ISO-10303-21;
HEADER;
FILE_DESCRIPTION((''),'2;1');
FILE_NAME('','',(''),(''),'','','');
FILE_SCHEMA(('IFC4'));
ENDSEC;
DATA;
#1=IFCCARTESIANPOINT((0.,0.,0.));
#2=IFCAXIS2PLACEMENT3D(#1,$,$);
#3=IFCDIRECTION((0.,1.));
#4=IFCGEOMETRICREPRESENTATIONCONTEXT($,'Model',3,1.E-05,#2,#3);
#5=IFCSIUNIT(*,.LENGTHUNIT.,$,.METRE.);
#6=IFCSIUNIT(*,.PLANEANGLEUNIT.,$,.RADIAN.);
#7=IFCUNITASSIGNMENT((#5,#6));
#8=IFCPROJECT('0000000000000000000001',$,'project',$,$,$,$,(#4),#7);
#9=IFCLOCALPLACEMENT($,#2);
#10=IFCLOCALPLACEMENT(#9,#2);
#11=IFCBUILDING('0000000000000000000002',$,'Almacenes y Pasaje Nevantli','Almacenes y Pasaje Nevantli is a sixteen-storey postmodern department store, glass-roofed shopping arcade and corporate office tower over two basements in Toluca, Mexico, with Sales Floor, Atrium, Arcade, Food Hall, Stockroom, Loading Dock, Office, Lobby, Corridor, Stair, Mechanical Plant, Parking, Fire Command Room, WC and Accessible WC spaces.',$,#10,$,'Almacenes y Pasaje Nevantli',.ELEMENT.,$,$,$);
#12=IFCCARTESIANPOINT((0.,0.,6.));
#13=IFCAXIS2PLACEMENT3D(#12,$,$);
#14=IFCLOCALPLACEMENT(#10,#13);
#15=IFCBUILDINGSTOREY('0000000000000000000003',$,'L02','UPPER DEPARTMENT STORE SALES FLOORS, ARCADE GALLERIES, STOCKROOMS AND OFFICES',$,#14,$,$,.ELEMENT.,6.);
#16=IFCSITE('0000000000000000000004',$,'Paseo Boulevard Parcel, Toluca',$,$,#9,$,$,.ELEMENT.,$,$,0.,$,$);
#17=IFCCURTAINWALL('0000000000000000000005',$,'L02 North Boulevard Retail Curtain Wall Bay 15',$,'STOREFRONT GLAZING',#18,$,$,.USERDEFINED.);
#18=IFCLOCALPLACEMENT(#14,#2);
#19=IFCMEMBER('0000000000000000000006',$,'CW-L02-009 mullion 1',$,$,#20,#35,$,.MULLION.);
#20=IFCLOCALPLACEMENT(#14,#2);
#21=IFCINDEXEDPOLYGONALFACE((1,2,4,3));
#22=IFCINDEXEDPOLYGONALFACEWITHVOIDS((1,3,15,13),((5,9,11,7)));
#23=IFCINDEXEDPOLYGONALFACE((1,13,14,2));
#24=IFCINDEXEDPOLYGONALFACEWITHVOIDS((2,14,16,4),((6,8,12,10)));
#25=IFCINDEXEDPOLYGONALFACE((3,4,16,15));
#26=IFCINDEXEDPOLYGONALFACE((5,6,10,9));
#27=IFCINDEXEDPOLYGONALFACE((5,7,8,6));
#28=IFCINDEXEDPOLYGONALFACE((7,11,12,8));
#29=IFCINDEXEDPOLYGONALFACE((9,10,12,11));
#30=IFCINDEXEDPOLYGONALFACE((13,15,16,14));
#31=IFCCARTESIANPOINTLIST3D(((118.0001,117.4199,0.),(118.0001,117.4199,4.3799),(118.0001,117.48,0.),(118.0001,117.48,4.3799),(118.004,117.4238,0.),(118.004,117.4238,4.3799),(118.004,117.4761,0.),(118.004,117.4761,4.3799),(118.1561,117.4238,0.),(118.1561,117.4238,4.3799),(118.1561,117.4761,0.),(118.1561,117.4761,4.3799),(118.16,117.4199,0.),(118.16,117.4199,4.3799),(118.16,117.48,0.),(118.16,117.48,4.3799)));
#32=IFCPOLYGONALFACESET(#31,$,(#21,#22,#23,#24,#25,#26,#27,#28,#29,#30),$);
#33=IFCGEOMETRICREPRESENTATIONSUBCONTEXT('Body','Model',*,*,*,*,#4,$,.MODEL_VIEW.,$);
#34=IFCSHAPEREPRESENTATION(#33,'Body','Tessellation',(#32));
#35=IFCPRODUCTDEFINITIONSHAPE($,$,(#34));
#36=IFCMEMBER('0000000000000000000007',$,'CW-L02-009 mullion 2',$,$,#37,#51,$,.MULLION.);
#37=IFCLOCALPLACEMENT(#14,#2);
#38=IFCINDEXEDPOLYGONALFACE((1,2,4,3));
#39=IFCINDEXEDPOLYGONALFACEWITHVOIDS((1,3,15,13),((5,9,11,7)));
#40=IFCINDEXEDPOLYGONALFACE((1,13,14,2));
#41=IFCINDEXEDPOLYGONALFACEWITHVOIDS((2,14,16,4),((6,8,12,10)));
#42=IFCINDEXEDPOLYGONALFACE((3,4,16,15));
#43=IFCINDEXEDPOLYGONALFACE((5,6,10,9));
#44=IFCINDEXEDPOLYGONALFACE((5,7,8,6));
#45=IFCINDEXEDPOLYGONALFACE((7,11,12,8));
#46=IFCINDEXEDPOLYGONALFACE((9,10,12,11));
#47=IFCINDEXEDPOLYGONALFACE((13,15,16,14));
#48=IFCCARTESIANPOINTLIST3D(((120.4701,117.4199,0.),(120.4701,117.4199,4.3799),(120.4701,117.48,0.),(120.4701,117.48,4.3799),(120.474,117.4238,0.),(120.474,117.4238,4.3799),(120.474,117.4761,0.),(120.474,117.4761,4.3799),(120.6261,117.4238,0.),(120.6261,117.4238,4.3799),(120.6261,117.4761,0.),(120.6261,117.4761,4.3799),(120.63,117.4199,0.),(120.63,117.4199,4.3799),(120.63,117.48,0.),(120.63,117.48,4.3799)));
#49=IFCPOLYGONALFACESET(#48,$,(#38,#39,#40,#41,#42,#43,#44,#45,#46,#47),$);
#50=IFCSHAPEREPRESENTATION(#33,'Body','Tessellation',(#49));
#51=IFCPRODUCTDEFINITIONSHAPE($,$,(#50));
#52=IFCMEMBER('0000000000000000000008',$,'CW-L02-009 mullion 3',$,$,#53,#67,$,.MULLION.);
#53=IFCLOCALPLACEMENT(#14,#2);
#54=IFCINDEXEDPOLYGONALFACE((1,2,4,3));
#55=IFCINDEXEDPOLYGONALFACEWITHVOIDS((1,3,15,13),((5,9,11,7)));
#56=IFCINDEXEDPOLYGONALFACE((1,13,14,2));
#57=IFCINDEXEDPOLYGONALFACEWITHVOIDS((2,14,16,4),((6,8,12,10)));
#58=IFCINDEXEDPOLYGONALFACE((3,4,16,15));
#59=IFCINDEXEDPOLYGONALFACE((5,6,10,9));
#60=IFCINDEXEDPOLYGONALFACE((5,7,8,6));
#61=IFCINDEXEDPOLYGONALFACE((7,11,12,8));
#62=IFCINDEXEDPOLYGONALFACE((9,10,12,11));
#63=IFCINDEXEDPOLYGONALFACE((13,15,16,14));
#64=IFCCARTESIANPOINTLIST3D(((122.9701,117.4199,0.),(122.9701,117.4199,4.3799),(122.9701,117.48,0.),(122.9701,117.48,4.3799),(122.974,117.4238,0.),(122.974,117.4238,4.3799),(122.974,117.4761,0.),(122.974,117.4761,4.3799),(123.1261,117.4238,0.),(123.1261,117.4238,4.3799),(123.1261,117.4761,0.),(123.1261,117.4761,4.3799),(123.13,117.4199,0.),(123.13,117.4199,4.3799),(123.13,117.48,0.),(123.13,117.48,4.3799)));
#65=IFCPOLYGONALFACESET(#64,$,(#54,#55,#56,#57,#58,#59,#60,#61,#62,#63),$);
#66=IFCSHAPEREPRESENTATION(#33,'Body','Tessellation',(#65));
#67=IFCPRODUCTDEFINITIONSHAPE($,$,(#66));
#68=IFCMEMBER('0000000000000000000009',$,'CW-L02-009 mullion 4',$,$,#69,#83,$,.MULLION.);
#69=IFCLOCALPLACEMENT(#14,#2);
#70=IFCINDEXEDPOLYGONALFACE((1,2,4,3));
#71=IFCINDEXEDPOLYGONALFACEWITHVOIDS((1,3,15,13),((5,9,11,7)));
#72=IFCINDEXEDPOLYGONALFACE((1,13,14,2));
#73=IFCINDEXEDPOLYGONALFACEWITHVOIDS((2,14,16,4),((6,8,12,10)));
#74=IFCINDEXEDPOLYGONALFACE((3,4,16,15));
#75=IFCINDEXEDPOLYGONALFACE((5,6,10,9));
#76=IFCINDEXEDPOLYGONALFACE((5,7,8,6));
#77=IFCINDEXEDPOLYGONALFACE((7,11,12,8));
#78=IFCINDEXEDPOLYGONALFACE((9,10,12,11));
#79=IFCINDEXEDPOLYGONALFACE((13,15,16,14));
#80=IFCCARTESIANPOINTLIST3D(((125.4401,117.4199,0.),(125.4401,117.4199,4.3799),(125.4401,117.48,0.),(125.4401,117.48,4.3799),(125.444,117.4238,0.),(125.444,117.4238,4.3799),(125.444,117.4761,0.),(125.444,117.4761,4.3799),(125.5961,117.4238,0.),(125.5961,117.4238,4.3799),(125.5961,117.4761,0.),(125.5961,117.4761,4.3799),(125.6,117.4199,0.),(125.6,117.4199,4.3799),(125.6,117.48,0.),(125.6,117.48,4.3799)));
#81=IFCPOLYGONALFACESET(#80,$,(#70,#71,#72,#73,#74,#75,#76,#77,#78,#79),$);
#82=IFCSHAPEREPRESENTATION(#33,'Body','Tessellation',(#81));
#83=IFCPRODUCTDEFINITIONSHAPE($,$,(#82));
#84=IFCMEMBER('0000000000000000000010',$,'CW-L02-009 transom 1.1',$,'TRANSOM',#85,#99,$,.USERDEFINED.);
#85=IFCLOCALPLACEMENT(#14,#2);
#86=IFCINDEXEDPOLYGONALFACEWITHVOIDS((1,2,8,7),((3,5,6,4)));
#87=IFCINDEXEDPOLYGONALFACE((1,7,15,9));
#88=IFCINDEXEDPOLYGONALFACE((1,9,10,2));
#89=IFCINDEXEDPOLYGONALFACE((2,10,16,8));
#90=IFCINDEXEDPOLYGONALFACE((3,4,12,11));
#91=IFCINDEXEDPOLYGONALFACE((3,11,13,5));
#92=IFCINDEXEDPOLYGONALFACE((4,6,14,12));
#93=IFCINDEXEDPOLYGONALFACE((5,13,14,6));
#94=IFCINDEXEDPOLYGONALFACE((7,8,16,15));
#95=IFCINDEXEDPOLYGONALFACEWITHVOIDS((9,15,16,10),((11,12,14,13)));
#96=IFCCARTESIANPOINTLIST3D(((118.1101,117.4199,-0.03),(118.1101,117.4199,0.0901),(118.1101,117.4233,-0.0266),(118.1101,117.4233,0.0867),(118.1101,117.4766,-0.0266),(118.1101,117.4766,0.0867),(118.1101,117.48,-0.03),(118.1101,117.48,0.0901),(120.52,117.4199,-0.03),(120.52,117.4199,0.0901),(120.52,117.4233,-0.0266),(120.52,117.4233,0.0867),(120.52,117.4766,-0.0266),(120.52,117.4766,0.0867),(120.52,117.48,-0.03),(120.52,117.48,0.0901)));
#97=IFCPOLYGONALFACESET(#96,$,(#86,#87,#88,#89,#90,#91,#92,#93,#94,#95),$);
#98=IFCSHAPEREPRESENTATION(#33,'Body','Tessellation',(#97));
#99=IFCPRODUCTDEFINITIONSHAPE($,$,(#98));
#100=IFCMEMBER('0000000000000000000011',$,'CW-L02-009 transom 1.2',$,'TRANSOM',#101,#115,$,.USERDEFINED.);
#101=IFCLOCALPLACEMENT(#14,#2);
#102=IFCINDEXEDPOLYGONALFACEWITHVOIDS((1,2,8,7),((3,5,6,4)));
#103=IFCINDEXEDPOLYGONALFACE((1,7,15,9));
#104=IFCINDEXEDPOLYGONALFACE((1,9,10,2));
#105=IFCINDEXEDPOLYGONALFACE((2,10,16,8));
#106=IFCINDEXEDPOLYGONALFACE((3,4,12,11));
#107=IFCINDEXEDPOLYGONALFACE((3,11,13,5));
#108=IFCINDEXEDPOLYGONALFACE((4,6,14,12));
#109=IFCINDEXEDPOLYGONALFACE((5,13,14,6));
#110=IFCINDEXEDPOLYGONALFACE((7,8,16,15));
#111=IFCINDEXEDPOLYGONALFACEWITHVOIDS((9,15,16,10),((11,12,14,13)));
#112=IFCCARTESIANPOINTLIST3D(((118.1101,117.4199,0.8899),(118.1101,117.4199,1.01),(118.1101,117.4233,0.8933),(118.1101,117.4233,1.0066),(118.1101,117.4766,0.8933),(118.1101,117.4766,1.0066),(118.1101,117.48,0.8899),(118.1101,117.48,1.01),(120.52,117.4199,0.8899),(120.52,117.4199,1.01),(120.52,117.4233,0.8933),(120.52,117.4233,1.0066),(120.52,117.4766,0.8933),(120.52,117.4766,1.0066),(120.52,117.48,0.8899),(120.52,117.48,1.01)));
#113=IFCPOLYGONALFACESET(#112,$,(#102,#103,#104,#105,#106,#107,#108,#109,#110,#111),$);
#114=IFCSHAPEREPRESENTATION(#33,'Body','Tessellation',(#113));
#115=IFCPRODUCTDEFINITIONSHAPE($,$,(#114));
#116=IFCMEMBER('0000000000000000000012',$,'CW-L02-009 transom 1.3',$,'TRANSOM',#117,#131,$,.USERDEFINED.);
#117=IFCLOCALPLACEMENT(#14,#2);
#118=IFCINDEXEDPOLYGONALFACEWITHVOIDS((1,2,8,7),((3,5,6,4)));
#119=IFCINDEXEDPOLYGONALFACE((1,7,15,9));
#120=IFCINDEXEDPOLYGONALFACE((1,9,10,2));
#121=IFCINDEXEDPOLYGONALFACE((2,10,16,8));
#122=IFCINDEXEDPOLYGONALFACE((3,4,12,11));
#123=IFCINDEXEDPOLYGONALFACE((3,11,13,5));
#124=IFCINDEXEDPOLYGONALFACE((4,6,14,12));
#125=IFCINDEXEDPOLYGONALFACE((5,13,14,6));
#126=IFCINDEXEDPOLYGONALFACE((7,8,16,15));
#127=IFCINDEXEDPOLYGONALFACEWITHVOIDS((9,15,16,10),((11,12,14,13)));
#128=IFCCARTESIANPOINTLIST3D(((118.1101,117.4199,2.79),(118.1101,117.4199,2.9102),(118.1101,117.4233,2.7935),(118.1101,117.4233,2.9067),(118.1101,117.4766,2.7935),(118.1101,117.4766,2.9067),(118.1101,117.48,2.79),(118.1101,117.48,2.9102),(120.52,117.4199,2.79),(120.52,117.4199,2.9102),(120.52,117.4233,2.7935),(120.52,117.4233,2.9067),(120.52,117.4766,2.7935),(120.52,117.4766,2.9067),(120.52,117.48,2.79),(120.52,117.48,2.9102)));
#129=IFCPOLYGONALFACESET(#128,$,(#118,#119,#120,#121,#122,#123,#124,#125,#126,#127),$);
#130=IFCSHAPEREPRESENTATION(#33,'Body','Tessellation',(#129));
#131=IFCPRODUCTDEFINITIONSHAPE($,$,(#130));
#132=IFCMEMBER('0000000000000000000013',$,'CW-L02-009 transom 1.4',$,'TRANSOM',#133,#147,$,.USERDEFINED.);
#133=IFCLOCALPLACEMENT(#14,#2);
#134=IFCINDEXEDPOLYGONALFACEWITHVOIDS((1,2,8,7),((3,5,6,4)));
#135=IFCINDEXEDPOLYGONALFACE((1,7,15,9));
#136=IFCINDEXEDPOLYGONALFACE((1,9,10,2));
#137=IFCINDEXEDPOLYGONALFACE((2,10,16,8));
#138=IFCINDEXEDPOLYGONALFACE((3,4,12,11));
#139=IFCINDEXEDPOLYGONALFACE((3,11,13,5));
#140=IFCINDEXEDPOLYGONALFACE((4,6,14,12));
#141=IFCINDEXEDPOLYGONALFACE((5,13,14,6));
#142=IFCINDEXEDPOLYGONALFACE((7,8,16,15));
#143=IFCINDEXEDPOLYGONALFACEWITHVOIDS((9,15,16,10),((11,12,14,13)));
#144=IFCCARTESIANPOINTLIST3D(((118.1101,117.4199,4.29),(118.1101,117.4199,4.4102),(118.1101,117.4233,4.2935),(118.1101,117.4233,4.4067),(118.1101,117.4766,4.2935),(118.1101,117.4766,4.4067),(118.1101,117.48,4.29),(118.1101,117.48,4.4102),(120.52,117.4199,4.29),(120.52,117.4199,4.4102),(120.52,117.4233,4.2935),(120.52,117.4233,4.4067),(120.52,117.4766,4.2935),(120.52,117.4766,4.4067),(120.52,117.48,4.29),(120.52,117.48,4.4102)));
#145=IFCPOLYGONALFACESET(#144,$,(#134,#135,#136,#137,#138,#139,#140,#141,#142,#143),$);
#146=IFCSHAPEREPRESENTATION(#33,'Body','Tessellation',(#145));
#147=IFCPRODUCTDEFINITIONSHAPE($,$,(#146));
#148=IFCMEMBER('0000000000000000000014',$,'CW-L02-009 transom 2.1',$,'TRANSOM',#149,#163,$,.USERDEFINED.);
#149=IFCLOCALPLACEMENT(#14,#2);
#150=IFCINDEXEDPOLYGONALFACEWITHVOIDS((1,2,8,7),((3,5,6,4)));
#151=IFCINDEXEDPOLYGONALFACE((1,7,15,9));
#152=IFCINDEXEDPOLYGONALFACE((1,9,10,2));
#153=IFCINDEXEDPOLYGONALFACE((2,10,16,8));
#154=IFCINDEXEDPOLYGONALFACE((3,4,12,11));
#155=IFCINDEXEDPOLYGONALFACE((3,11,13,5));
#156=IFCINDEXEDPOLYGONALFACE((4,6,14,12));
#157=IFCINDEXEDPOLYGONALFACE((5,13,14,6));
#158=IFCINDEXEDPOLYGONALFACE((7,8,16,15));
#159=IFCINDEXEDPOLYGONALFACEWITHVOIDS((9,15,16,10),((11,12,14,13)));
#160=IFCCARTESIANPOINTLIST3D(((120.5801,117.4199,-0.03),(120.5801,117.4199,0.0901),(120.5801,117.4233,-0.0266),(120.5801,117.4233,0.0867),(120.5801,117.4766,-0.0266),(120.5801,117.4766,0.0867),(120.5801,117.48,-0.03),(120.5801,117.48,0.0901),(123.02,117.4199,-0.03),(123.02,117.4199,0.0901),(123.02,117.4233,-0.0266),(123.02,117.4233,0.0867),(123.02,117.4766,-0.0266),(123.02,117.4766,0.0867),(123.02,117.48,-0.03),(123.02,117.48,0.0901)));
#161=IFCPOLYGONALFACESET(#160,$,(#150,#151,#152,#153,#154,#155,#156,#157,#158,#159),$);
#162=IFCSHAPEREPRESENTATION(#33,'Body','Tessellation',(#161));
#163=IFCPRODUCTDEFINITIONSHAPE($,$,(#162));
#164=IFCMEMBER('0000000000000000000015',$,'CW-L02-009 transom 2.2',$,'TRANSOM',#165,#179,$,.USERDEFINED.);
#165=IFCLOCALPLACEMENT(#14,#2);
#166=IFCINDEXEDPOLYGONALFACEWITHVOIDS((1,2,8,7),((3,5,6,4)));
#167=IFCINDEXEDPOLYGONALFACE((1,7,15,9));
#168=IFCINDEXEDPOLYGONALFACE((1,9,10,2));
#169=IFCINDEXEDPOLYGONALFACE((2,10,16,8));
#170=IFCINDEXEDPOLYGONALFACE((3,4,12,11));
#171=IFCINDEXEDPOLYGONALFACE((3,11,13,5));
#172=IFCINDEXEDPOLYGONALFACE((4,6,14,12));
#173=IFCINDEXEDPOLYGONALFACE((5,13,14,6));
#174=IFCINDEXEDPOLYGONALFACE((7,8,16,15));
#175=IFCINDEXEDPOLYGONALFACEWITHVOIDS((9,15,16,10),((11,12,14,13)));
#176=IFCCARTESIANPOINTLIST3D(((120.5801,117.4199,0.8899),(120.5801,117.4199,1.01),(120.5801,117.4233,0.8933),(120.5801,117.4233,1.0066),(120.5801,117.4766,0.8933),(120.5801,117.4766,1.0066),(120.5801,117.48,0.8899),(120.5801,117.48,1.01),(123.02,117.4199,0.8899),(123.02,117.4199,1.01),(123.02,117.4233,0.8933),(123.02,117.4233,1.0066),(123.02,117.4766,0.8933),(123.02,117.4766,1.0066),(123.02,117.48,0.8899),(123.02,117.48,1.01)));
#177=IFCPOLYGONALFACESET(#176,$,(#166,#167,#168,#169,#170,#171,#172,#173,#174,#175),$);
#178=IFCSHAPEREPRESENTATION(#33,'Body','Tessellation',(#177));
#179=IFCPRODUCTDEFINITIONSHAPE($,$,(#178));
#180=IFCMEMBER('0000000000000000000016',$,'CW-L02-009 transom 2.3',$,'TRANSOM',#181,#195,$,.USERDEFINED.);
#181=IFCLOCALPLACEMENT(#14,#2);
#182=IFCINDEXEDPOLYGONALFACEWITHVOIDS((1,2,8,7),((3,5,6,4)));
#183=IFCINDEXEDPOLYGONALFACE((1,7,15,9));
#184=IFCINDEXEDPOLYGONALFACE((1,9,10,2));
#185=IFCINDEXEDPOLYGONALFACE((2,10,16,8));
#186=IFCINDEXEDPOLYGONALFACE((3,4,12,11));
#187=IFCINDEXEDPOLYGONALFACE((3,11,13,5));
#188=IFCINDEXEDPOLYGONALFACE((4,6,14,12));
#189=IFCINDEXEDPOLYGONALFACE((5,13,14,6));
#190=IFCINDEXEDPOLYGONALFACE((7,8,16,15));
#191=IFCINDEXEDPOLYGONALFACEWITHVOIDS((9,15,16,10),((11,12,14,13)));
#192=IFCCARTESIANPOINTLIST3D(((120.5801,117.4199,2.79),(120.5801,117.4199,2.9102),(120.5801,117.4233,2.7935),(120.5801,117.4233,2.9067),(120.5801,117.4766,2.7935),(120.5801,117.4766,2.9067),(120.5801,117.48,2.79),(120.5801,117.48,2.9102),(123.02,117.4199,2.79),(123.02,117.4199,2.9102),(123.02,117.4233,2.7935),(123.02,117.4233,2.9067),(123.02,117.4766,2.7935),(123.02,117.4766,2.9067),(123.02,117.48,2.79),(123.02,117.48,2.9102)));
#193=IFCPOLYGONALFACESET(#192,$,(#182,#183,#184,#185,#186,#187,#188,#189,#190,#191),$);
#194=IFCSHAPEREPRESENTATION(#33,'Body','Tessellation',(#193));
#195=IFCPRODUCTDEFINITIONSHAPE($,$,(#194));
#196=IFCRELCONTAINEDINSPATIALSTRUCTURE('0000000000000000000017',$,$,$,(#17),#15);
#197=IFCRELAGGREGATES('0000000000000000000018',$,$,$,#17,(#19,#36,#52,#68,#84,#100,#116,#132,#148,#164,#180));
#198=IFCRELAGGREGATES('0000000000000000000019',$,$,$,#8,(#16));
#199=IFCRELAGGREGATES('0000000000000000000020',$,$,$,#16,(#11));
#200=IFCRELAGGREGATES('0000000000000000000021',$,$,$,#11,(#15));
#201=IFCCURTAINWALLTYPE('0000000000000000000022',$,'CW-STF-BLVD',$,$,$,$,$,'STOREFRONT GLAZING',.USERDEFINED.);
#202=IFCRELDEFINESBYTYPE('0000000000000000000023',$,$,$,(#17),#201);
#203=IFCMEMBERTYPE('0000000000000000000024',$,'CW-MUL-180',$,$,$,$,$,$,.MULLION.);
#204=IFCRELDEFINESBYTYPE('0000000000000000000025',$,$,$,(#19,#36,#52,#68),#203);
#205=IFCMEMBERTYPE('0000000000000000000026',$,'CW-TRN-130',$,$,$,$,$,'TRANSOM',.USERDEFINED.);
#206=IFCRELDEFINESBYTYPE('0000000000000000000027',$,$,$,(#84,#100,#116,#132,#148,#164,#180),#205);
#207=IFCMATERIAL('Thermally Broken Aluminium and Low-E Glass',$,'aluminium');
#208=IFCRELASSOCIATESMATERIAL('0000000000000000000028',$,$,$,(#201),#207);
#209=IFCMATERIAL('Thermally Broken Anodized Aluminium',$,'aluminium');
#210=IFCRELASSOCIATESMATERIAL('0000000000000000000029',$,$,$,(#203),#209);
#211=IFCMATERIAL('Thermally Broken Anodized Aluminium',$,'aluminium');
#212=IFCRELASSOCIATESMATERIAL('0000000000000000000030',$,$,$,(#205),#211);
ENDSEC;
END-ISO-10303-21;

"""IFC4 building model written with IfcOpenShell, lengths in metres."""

from ifc_helpers import new_model, si_unit, direction, frame, origin, origin_2d, place, context, subcontext, project, spatial, hollow_rectangle, extrude, material, material_profile, profile_set, type_object, element, aggregate, save


model = new_model("IFC4")

# Units and contexts
model_context = context("Model", 3, precision=1e-05, world=origin(), true_north=direction((0.0, 1.0)))
body_context = subcontext(model_context, "Body", "Model", "MODEL_VIEW")
ifc_project = project(units=[si_unit("LENGTHUNIT", "METRE"), si_unit("PLANEANGLEUNIT", "RADIAN")], contexts=[model_context])

# Site, building, storey
site_placement = place(None, origin())
site = spatial("IfcSite", under=ifc_project, at=site_placement, Name="Paseo Boulevard Parcel, Toluca", CompositionType="ELEMENT", RefElevation=0.0)
building_placement = place(site_placement, origin())
building = spatial("IfcBuilding", under=site, at=building_placement, Name="Almacenes y Pasaje Nevantli", Description="Almacenes y Pasaje Nevantli is a sixteen-storey postmodern department store, glass-roofed shopping arcade and corporate office tower over two basements in Toluca, Mexico, with Sales Floor, Atrium, Arcade, Food Hall, Stockroom, Loading Dock, Office, Lobby, Corridor, Stair, Mechanical Plant, Parking, Fire Command Room, WC and Accessible WC spaces.", LongName="Almacenes y Pasaje Nevantli", CompositionType="ELEMENT")
storey_placement = place(building_placement, frame((0.0, 0.0, 6.0)))
storey = spatial("IfcBuildingStorey", under=building, at=storey_placement, Name="L02", Description="UPPER DEPARTMENT STORE SALES FLOORS, ARCADE GALLERIES, STOCKROOMS AND OFFICES", CompositionType="ELEMENT", Elevation=6.0)

# Curtain wall, members
ifc_material_1 = material(Name="Thermally Broken Aluminium and Low-E Glass", Category="aluminium")
curtain_wall_type = type_object("IfcCurtainWallType", Name="CW-STF-BLVD", ElementType="STOREFRONT GLAZING", PredefinedType="USERDEFINED", material=ifc_material_1)
curtain_wall_placement = place(storey_placement, origin())
curtain_wall = element("IfcCurtainWall", 1, at=curtain_wall_placement, inside=storey, type_object=curtain_wall_type, Name="L02 North Boulevard Retail Curtain Wall Bay 15", ObjectType="STOREFRONT GLAZING", PredefinedType="USERDEFINED")
ifc_material_2 = material(Name="Thermally Broken Anodized Aluminium", Category="aluminium")
ifc_material_profile_1 = material_profile(ifc_material_2, hollow_rectangle(XDim=0.0601, YDim=0.1599, WallThickness=0.0039, at=origin_2d()), Name="ALU-MUL-60x160")
ifc_profile_set_1 = profile_set([ifc_material_profile_1], Name="Thermally Broken Anodized Aluminium")
member_type_1 = type_object("IfcMemberType", Name="CW-MUL-180", PredefinedType="MULLION", material=ifc_profile_set_1)
member_1_placement = place(storey_placement, frame((118.0801, 117.45, 0.0), z_axis=(0.0, 0.0, 1.0), x_axis=(0.0, 1.0, 0.0)))
member_1 = element("IfcMember", 2, at=member_1_placement, type_object=member_type_1, Name="CW-L02-009 mullion 1", PredefinedType="MULLION", context=body_context, shape_type="SweptSolid", body=[
    extrude(hollow_rectangle(XDim=0.0601, YDim=0.1599, WallThickness=0.0039, at=origin_2d()), origin(), (0.0, 0.0, 1.0), 4.3799),
])
member_2_placement = place(storey_placement, frame((120.55, 117.45, 0.0), z_axis=(0.0, 0.0, 1.0), x_axis=(0.0, 1.0, 0.0)))
member_2 = element("IfcMember", 3, at=member_2_placement, type_object=member_type_1, Name="CW-L02-009 mullion 2", PredefinedType="MULLION", context=body_context, shape_type="SweptSolid", body=[
    extrude(hollow_rectangle(XDim=0.0601, YDim=0.1599, WallThickness=0.0039, at=origin_2d()), origin(), (0.0, 0.0, 1.0), 4.3799),
])
member_3_placement = place(storey_placement, frame((123.05, 117.45, 0.0), z_axis=(0.0, 0.0, 1.0), x_axis=(0.0, 1.0, 0.0)))
member_3 = element("IfcMember", 4, at=member_3_placement, type_object=member_type_1, Name="CW-L02-009 mullion 3", PredefinedType="MULLION", context=body_context, shape_type="SweptSolid", body=[
    extrude(hollow_rectangle(XDim=0.0601, YDim=0.1599, WallThickness=0.0039, at=origin_2d()), origin(), (0.0, 0.0, 1.0), 4.3799),
])
member_4_placement = place(storey_placement, frame((125.52, 117.45, 0.0), z_axis=(0.0, 0.0, 1.0), x_axis=(0.0, 1.0, 0.0)))
member_4 = element("IfcMember", 5, at=member_4_placement, type_object=member_type_1, Name="CW-L02-009 mullion 4", PredefinedType="MULLION", context=body_context, shape_type="SweptSolid", body=[
    extrude(hollow_rectangle(XDim=0.0601, YDim=0.1599, WallThickness=0.0039, at=origin_2d()), origin(), (0.0, 0.0, 1.0), 4.3799),
])
ifc_material_3 = material(Name="Thermally Broken Anodized Aluminium", Category="aluminium")
ifc_material_profile_2 = material_profile(ifc_material_3, hollow_rectangle(XDim=0.0601, YDim=0.1201, WallThickness=0.0034, at=origin_2d()), Name="ALU-TRN-60x120")
ifc_profile_set_2 = profile_set([ifc_material_profile_2], Name="Thermally Broken Anodized Aluminium")
member_type_2 = type_object("IfcMemberType", Name="CW-TRN-130", ElementType="TRANSOM", PredefinedType="USERDEFINED", material=ifc_profile_set_2)
member_5_placement = place(storey_placement, frame((118.1101, 117.45, 0.03), z_axis=(1.0, 0.0, 0.0), x_axis=(0.0, 1.0, 0.0)))
member_5 = element("IfcMember", 6, at=member_5_placement, type_object=member_type_2, Name="CW-L02-009 transom 1.1", ObjectType="TRANSOM", PredefinedType="USERDEFINED", context=body_context, shape_type="SweptSolid", body=[
    extrude(hollow_rectangle(XDim=0.0601, YDim=0.1201, WallThickness=0.0034, at=origin_2d()), origin(), (0.0, 0.0, 1.0), 2.4099),
])
member_6_placement = place(storey_placement, frame((118.1101, 117.45, 0.95), z_axis=(1.0, 0.0, 0.0), x_axis=(0.0, 1.0, 0.0)))
member_6 = element("IfcMember", 7, at=member_6_placement, type_object=member_type_2, Name="CW-L02-009 transom 1.2", ObjectType="TRANSOM", PredefinedType="USERDEFINED", context=body_context, shape_type="SweptSolid", body=[
    extrude(hollow_rectangle(XDim=0.0601, YDim=0.1201, WallThickness=0.0034, at=origin_2d()), origin(), (0.0, 0.0, 1.0), 2.4099),
])
member_7_placement = place(storey_placement, frame((118.1101, 117.45, 2.8501), z_axis=(1.0, 0.0, 0.0), x_axis=(0.0, 1.0, 0.0)))
member_7 = element("IfcMember", 8, at=member_7_placement, type_object=member_type_2, Name="CW-L02-009 transom 1.3", ObjectType="TRANSOM", PredefinedType="USERDEFINED", context=body_context, shape_type="SweptSolid", body=[
    extrude(hollow_rectangle(XDim=0.0601, YDim=0.1201, WallThickness=0.0034, at=origin_2d()), origin(), (0.0, 0.0, 1.0), 2.4099),
])
member_8_placement = place(storey_placement, frame((118.1101, 117.45, 4.3501), z_axis=(1.0, 0.0, 0.0), x_axis=(0.0, 1.0, 0.0)))
member_8 = element("IfcMember", 9, at=member_8_placement, type_object=member_type_2, Name="CW-L02-009 transom 1.4", ObjectType="TRANSOM", PredefinedType="USERDEFINED", context=body_context, shape_type="SweptSolid", body=[
    extrude(hollow_rectangle(XDim=0.0601, YDim=0.1201, WallThickness=0.0034, at=origin_2d()), origin(), (0.0, 0.0, 1.0), 2.4099),
])
member_9_placement = place(storey_placement, frame((120.5801, 117.45, 0.03), z_axis=(1.0, 0.0, 0.0), x_axis=(0.0, 1.0, 0.0)))
member_9 = element("IfcMember", 10, at=member_9_placement, type_object=member_type_2, Name="CW-L02-009 transom 2.1", ObjectType="TRANSOM", PredefinedType="USERDEFINED", context=body_context, shape_type="SweptSolid", body=[
    extrude(hollow_rectangle(XDim=0.0601, YDim=0.1201, WallThickness=0.0034, at=origin_2d()), origin(), (0.0, 0.0, 1.0), 2.4399),
])
member_10_placement = place(storey_placement, frame((120.5801, 117.45, 0.95), z_axis=(1.0, 0.0, 0.0), x_axis=(0.0, 1.0, 0.0)))
member_10 = element("IfcMember", 11, at=member_10_placement, type_object=member_type_2, Name="CW-L02-009 transom 2.2", ObjectType="TRANSOM", PredefinedType="USERDEFINED", context=body_context, shape_type="SweptSolid", body=[
    extrude(hollow_rectangle(XDim=0.0601, YDim=0.1201, WallThickness=0.0034, at=origin_2d()), origin(), (0.0, 0.0, 1.0), 2.4399),
])
member_11_placement = place(storey_placement, frame((120.5801, 117.45, 2.8501), z_axis=(1.0, 0.0, 0.0), x_axis=(0.0, 1.0, 0.0)))
member_11 = element("IfcMember", 12, at=member_11_placement, type_object=member_type_2, Name="CW-L02-009 transom 2.3", ObjectType="TRANSOM", PredefinedType="USERDEFINED", context=body_context, shape_type="SweptSolid", body=[
    extrude(hollow_rectangle(XDim=0.0601, YDim=0.1201, WallThickness=0.0034, at=origin_2d()), origin(), (0.0, 0.0, 1.0), 2.4399),
])
aggregate(curtain_wall, [member_1, member_2, member_3, member_4, member_5, member_6, member_7, member_8, member_9, member_10, member_11])

save(model, "model.ifc")
